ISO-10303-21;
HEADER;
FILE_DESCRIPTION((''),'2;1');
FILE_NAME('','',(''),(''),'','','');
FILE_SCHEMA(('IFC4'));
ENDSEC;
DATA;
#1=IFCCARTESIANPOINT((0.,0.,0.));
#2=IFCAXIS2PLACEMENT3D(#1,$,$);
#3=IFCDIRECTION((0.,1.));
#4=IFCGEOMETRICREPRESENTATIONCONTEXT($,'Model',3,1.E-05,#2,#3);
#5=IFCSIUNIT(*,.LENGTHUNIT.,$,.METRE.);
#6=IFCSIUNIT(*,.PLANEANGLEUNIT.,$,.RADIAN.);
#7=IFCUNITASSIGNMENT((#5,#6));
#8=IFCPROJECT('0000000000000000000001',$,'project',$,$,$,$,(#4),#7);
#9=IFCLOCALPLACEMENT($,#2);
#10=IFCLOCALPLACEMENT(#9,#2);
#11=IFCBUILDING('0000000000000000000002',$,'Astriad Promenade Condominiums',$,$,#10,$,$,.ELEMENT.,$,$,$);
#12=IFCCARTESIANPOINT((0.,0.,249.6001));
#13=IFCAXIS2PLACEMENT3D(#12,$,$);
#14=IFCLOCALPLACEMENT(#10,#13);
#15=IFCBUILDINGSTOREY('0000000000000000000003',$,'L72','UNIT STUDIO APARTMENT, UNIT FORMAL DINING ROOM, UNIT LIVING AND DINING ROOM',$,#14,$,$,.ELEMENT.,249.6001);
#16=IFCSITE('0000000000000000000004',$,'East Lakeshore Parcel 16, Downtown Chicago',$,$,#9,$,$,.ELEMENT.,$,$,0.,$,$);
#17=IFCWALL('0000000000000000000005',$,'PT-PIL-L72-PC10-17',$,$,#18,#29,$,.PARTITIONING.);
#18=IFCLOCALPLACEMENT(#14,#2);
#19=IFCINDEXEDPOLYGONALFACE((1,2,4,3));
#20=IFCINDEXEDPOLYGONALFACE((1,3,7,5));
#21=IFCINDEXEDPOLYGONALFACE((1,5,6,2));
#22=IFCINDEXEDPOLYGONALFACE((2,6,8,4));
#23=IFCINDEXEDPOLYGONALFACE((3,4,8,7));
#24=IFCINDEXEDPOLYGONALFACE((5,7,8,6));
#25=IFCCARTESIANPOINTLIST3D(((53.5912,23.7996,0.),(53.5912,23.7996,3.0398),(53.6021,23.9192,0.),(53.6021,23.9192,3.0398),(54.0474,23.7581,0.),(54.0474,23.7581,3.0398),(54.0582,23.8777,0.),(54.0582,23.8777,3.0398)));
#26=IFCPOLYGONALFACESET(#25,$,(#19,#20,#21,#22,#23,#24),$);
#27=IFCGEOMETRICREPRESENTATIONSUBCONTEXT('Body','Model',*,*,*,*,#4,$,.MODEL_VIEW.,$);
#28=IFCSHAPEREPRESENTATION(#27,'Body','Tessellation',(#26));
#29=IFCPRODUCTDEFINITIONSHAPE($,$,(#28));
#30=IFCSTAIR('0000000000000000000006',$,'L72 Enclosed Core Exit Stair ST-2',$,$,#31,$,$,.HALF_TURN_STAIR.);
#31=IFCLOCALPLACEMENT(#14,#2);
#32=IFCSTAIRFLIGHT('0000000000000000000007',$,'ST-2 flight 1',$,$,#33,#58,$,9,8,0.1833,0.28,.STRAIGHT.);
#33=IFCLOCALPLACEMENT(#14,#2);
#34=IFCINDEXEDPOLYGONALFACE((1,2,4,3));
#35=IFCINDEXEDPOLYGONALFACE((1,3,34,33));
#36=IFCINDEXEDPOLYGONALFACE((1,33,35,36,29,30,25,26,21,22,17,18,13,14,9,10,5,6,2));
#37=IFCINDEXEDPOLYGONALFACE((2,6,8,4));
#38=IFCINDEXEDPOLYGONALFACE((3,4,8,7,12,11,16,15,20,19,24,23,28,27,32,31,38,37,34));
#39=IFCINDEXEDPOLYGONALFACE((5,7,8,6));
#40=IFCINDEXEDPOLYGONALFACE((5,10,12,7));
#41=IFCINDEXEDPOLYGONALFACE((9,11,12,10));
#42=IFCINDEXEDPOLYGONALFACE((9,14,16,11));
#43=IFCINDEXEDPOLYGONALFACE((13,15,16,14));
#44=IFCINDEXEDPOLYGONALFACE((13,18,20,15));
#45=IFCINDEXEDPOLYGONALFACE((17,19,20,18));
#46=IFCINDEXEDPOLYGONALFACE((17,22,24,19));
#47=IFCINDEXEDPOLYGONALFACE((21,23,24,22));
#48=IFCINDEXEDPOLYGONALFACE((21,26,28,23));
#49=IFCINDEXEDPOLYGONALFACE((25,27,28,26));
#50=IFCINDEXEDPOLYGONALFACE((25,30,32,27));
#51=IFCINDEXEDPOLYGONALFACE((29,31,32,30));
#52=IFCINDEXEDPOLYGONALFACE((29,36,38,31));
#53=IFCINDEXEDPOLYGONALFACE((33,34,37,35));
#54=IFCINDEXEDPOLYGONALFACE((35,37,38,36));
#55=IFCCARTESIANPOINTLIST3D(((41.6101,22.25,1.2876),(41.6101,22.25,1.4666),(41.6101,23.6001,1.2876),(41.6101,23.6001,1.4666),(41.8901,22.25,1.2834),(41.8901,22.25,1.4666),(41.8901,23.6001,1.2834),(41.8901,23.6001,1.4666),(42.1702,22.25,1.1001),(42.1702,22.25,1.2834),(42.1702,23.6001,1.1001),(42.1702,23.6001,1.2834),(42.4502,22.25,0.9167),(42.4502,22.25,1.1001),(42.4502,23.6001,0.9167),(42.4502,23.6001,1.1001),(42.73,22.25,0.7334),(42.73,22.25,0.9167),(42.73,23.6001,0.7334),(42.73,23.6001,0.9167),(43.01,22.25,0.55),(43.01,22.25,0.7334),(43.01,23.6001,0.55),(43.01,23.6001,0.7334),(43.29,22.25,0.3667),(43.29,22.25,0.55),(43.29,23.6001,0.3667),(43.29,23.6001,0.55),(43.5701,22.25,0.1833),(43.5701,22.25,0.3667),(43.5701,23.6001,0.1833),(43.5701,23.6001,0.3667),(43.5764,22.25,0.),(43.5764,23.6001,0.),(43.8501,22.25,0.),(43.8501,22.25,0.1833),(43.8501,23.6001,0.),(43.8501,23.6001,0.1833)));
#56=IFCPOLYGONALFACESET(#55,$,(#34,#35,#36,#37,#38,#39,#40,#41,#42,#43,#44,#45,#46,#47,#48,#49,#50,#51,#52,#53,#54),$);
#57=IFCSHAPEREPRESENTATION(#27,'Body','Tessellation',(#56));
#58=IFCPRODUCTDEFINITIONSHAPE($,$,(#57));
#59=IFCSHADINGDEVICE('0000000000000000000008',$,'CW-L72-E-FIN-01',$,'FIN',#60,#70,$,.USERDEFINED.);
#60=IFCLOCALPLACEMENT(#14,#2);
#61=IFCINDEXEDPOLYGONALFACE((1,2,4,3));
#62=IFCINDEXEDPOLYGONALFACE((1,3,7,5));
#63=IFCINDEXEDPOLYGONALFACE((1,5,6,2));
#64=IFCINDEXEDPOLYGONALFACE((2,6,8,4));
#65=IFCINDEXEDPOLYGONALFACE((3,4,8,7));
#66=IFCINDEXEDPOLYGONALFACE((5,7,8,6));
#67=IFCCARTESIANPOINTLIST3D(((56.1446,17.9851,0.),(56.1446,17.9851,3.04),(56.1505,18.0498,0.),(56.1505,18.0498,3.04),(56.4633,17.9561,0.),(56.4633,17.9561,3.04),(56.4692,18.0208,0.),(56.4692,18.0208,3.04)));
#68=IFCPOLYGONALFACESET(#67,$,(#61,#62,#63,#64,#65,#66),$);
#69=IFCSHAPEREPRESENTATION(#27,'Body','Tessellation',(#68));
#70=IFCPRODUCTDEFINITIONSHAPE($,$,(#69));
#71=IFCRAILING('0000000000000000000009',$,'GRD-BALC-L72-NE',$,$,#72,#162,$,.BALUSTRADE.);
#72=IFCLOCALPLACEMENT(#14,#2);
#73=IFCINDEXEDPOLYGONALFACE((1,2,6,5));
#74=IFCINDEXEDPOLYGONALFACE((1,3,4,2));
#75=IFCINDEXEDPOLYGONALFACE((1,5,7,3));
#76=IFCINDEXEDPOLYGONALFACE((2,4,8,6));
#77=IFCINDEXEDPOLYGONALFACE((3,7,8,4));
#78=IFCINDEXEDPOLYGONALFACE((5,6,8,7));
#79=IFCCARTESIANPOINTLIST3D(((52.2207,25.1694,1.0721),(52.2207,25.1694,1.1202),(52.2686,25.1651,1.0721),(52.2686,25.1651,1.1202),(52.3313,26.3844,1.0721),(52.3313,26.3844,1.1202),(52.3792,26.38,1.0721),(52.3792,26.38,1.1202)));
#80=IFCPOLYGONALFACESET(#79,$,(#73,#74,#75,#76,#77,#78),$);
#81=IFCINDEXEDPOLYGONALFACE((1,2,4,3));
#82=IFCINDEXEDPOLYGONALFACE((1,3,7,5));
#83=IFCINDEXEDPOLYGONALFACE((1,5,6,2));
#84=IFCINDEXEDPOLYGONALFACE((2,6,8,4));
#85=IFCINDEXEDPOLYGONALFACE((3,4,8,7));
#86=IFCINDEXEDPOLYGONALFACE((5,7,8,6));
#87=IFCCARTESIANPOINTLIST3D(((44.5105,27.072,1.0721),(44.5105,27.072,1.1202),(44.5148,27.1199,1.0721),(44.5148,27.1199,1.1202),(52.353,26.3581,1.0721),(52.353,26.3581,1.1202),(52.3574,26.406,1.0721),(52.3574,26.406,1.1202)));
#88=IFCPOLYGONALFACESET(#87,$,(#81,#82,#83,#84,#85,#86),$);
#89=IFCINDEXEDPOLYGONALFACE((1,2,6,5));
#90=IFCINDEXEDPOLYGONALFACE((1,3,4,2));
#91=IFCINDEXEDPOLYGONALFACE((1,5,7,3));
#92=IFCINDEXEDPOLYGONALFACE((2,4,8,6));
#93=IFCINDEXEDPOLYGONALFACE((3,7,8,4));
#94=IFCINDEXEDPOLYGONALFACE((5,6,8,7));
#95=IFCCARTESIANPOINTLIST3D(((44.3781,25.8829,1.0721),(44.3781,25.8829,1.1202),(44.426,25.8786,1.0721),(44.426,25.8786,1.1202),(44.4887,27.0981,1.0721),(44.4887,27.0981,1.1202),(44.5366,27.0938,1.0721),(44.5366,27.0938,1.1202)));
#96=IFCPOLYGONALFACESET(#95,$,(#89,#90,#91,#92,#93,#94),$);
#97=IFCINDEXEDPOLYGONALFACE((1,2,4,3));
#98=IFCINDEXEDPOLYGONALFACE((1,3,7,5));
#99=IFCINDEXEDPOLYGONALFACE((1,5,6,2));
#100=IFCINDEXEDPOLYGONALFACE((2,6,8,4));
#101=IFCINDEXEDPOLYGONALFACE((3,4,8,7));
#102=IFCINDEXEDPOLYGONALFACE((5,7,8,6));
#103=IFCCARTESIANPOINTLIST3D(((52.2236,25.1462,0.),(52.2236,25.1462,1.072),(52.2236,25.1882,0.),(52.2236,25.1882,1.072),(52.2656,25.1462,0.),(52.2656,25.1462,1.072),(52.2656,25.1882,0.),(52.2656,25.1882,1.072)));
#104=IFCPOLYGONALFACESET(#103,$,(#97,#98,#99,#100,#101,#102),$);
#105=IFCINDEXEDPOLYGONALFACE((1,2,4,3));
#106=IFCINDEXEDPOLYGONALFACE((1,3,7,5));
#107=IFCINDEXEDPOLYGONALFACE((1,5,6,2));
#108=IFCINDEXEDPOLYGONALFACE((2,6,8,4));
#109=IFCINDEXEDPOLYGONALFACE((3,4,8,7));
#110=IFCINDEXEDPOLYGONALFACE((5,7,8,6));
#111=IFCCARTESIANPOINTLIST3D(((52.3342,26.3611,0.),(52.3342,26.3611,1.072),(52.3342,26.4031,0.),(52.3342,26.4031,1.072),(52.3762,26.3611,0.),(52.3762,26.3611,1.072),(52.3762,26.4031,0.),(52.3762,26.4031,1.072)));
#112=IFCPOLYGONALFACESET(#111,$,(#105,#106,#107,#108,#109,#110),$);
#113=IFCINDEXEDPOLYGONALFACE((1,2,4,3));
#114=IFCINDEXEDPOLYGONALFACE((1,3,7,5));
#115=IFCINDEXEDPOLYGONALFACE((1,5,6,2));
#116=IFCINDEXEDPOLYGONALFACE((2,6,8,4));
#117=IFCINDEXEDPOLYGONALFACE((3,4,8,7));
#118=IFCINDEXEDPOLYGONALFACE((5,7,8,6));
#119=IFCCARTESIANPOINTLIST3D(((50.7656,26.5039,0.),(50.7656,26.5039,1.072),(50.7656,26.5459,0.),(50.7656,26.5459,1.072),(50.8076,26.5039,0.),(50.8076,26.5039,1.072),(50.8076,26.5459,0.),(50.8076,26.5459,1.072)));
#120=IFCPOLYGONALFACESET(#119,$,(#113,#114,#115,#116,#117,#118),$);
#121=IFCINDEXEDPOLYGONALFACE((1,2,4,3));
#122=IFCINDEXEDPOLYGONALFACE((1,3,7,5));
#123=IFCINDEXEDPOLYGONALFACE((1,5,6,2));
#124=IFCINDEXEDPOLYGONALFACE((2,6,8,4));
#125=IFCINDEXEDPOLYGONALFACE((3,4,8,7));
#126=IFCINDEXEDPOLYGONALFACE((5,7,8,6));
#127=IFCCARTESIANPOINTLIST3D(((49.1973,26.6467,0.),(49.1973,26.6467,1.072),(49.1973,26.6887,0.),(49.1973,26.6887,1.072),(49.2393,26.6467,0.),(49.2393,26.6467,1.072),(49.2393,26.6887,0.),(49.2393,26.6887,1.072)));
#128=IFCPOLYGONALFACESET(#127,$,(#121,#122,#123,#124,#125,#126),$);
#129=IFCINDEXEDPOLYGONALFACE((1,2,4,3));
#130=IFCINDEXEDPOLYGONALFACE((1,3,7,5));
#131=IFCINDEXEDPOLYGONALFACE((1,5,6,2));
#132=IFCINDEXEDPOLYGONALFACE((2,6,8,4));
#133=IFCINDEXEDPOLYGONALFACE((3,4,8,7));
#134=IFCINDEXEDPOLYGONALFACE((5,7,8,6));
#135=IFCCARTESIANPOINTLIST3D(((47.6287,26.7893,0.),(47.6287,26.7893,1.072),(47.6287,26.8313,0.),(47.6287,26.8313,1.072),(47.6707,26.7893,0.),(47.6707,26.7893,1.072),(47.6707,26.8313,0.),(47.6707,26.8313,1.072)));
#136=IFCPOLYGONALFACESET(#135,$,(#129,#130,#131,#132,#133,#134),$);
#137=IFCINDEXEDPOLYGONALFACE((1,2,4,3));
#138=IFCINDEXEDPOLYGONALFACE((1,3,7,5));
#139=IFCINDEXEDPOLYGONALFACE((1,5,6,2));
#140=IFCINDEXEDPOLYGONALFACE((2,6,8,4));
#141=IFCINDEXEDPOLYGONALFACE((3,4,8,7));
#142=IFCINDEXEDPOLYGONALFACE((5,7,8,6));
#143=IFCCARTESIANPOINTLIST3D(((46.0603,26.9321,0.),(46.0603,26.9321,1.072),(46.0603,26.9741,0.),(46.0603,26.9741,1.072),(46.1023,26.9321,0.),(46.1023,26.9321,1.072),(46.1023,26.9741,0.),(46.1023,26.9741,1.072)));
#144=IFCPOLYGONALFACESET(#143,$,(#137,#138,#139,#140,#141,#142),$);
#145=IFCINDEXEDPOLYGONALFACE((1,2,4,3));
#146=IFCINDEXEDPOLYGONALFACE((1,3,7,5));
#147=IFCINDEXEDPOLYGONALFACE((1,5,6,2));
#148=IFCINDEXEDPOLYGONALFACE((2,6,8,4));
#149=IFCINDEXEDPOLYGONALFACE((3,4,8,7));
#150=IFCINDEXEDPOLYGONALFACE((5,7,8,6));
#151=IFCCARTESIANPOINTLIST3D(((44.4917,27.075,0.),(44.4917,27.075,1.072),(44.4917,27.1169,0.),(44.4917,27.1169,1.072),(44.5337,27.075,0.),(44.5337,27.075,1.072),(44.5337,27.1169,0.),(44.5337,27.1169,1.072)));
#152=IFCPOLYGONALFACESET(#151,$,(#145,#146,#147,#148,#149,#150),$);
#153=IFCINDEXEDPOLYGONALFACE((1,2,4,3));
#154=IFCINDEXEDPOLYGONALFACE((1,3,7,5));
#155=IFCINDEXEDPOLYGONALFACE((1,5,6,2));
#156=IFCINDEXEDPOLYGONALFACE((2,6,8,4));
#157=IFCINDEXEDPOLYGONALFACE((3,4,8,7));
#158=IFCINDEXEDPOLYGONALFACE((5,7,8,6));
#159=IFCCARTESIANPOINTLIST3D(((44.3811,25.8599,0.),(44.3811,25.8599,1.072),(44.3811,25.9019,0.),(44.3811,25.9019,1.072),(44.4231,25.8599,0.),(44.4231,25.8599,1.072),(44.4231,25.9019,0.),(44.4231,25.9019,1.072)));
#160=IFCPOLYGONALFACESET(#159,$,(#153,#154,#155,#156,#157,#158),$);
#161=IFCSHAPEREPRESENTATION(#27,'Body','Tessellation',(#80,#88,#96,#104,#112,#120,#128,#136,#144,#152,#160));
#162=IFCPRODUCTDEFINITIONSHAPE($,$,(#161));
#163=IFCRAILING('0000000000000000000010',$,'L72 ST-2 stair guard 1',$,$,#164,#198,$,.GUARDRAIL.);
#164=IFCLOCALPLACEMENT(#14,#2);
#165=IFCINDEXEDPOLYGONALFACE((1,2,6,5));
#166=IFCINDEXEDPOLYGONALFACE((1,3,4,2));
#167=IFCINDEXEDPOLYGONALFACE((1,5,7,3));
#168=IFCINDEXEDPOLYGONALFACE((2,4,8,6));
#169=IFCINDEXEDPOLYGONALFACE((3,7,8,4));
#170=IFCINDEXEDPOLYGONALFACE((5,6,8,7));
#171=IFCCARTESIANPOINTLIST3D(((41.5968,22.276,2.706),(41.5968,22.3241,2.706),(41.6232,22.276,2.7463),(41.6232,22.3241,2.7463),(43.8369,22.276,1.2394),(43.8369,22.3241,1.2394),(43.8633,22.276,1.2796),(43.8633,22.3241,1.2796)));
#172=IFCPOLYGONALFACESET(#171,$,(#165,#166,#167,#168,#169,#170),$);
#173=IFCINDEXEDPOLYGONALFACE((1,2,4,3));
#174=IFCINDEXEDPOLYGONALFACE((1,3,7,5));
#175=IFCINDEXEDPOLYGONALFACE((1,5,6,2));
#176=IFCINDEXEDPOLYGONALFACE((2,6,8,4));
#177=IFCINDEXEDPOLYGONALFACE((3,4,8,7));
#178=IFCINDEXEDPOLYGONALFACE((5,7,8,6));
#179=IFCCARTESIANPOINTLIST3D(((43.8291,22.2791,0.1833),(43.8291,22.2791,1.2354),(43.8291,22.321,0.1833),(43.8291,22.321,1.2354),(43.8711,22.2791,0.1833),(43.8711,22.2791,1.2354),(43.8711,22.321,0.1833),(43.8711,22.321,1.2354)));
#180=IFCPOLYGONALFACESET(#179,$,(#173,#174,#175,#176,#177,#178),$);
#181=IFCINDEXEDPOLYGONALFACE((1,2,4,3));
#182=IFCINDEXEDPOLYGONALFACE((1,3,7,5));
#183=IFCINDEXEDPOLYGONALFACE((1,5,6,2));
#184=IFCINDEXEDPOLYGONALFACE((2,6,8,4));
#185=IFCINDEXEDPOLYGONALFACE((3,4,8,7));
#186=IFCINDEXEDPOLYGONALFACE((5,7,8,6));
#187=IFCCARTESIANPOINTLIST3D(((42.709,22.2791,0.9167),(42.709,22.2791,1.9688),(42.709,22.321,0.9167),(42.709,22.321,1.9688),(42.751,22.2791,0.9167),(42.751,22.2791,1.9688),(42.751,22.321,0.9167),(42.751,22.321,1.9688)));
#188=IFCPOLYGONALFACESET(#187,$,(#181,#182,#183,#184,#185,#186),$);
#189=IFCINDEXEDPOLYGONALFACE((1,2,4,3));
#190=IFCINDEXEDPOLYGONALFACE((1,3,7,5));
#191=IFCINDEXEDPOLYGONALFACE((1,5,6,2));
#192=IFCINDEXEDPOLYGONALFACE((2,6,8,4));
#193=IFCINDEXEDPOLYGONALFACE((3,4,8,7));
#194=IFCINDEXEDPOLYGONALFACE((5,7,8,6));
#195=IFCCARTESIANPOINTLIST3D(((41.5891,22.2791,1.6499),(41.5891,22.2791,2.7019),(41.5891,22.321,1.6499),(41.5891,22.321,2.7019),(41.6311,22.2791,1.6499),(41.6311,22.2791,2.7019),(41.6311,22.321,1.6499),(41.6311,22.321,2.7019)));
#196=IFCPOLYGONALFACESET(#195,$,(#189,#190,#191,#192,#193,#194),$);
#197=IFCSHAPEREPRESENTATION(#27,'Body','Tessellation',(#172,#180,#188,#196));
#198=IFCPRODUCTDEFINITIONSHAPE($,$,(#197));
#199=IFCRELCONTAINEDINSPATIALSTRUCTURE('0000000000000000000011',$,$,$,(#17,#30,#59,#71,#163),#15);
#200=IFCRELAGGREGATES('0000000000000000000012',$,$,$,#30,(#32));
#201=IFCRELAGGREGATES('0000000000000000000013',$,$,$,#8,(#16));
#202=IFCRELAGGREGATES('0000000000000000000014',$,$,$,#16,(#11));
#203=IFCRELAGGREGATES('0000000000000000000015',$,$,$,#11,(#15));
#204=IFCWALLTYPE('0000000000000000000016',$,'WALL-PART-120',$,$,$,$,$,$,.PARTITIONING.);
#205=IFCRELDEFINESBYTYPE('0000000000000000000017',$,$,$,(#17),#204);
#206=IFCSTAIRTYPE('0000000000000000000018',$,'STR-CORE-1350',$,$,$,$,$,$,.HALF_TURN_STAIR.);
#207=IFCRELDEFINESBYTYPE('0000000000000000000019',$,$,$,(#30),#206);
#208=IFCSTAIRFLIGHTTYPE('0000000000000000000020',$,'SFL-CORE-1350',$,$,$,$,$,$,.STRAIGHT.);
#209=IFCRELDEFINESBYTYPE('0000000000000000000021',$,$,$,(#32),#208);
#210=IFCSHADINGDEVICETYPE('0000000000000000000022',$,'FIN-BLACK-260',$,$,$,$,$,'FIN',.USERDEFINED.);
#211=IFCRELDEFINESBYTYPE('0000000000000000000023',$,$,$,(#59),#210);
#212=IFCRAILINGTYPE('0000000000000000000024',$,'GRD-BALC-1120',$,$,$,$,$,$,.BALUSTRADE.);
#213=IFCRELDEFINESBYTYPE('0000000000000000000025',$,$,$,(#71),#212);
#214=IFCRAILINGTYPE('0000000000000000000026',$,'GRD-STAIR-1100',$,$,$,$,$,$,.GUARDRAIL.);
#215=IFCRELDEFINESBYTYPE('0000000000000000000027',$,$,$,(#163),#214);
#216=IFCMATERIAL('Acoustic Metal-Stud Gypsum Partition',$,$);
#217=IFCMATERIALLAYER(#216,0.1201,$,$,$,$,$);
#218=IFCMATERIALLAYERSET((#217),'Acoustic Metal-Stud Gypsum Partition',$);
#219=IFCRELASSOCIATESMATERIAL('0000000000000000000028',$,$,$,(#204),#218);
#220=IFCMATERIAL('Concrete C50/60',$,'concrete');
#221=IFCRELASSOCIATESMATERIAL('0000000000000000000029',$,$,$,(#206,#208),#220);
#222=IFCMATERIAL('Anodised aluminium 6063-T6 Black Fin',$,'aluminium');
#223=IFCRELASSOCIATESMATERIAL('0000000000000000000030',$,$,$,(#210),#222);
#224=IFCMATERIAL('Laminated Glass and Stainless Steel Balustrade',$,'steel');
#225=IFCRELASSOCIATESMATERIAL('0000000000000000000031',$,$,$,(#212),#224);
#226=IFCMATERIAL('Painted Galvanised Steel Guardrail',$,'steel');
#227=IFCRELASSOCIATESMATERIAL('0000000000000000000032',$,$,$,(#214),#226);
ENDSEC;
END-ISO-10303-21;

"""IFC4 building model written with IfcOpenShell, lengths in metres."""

from ifc_helpers import new_model, si_unit, direction, frame, frame_2d, origin, origin_2d, place, context, subcontext, project, spatial, polyline, rectangle, outline, extrude, source, transform, mapped, material, layer, layer_set, type_object, type_shapes, element, aggregate, save


model = new_model("IFC4")

# Units and contexts
model_context = context("Model", 3, precision=1e-05, world=origin(), true_north=direction((0.0, 1.0)))
body_context = subcontext(model_context, "Body", "Model", "MODEL_VIEW")
ifc_project = project(units=[si_unit("LENGTHUNIT", "METRE"), si_unit("PLANEANGLEUNIT", "RADIAN")], contexts=[model_context])

# Site, building, storey
site_placement = place(None, origin())
site = spatial("IfcSite", under=ifc_project, at=site_placement, Name="East Lakeshore Parcel 16, Downtown Chicago", CompositionType="ELEMENT", RefElevation=0.0)
building_placement = place(site_placement, origin())
building = spatial("IfcBuilding", under=site, at=building_placement, Name="Astriad Promenade Condominiums", CompositionType="ELEMENT")
storey_placement = place(building_placement, frame((0.0, 0.0, 249.6001)))
storey = spatial("IfcBuildingStorey", under=building, at=storey_placement, Name="L72", Description="UNIT STUDIO APARTMENT, UNIT FORMAL DINING ROOM, UNIT LIVING AND DINING ROOM", CompositionType="ELEMENT", Elevation=249.6001)

# Shared definitions
ifc_material_1 = material(Name="Concrete C50/60", Category="concrete")

# Shared definitions
ifc_material_2 = material(Name="Acoustic Metal-Stud Gypsum Partition")
ifc_layer_1 = layer(ifc_material_2, 0.1201)
ifc_layer_set_1 = layer_set([ifc_layer_1], Name="Acoustic Metal-Stud Gypsum Partition")
wall_type_1 = type_object("IfcWallType", Name="WALL-PART-120", PredefinedType="PARTITIONING", material=ifc_layer_set_1)

# Wall
wall_1_placement = place(storey_placement, frame((53.5967, 23.8594, 0.0), z_axis=(0.0, 0.0, 1.0), x_axis=(0.995884, -0.090632, 0.0)))
element("IfcWall", 1, at=wall_1_placement, inside=storey, type_object=wall_type_1, Name="PT-PIL-L72-PC10-17", PredefinedType="PARTITIONING", context=body_context, shape_type="SweptSolid", body=[
    extrude(rectangle(XDim=0.458, YDim=0.1201, at=frame_2d((0.229, 0.0))), origin(), (0.0, 0.0, 1.0), 3.0398),
])

# Stair, stair flight
stair_type = type_object("IfcStairType", Name="STR-CORE-1350", PredefinedType="HALF_TURN_STAIR", material=ifc_material_1)
stair_placement = place(storey_placement, origin())
stair = element("IfcStair", 2, at=stair_placement, inside=storey, type_object=stair_type, Name="L72 Enclosed Core Exit Stair ST-2", PredefinedType="HALF_TURN_STAIR")
stair_flight_type = type_object("IfcStairFlightType", Name="SFL-CORE-1350", PredefinedType="STRAIGHT", material=ifc_material_1)
shared_shape_1 = source(origin(), body_context, "Body", "SweptSolid", [
    extrude(outline(polyline([(0.0, 0.0), (0.0, 0.1833), (0.28, 0.1833), (0.28, 0.3667), (0.5601, 0.3667), (0.5601, 0.55), (0.8401, 0.55), (0.8401, 0.7334), (1.1201, 0.7334), (1.1201, 0.9167), (1.3999, 0.9167), (1.3999, 1.1001), (1.6799, 1.1001), (1.6799, 1.2834), (1.96, 1.2834), (1.96, 1.4666), (2.24, 1.4666), (2.24, 1.6499), (2.24, 1.2876), (0.2737, 0.0), (0.0, 0.0)])), frame((0.0, 0.675, 0.0), z_axis=(0.0, -1.0, 0.0), x_axis=(1.0, 0.0, 0.0)), (0.0, 0.0, 1.0), 1.3501),
])
type_shapes(stair_flight_type, [shared_shape_1])
stair_flight_placement = place(storey_placement, frame((43.8501, 22.925, 0.0), z_axis=(0.0, 0.0, 1.0), x_axis=(-1.0, 0.0, 0.0)))
stair_flight = element("IfcStairFlight", 3, at=stair_flight_placement, type_object=stair_flight_type, Name="ST-2 flight 1", NumberOfRisers=9, NumberOfTreads=8, PredefinedType="STRAIGHT", RiserHeight=0.1833, TreadLength=0.28, context=body_context, shape_type="MappedRepresentation", body=[
    mapped(shared_shape_1, transform((0.0, 0.0, 0.0), scale=1.0)),
])
aggregate(stair, [stair_flight])

# Shading device
ifc_material_3 = material(Name="Anodised aluminium 6063-T6 Black Fin", Category="aluminium")
shading_device_type = type_object("IfcShadingDeviceType", Name="FIN-BLACK-260", ElementType="FIN", PredefinedType="USERDEFINED", material=ifc_material_3)
shared_shape_2 = source(origin(), body_context, "Body", "SweptSolid", [
    extrude(rectangle(XDim=0.0649, YDim=0.3201, at=origin_2d()), origin(), (0.0, 0.0, 1.0), 3.04),
])
type_shapes(shading_device_type, [shared_shape_2])
shading_device_placement = place(storey_placement, frame((56.3069, 18.0029, 0.0), z_axis=(0.0, 0.0, 1.0), x_axis=(-0.090633, -0.995884, 0.0)))
element("IfcShadingDevice", 4, at=shading_device_placement, inside=storey, type_object=shading_device_type, Name="CW-L72-E-FIN-01", ObjectType="FIN", PredefinedType="USERDEFINED", context=body_context, shape_type="MappedRepresentation", body=[
    mapped(shared_shape_2, transform((0.0, 0.0, 0.0), scale=1.0)),
])

# Railings
ifc_material_4 = material(Name="Laminated Glass and Stainless Steel Balustrade", Category="steel")
railing_type_1 = type_object("IfcRailingType", Name="GRD-BALC-1120", PredefinedType="BALUSTRADE", material=ifc_material_4)
shared_shape_3 = source(origin(), body_context, "Body", "SweptSolid", [
    extrude(rectangle(XDim=0.0481, YDim=0.0481, at=origin_2d()), frame((0.0, 0.0, 1.0962), z_axis=(0.090662, 0.995882, 0.0), x_axis=(-0.995882, 0.090662, 0.0)), (0.0, 0.0, 1.0), 1.22),
    extrude(rectangle(XDim=0.0481, YDim=0.0481, at=origin_2d()), frame((0.1106, 1.2148, 1.0962), z_axis=(-0.995883, 0.09065, 0.0), x_axis=(-0.09065, -0.995883, 0.0)), (0.0, 0.0, 1.0), 7.875),
    extrude(rectangle(XDim=0.0481, YDim=0.0481, at=origin_2d()), frame((-7.7319, 1.9287, 1.0962), z_axis=(-0.090644, -0.995883, 0.0), x_axis=(0.995883, -0.090644, 0.0)), (0.0, 0.0, 1.0), 1.2202),
    extrude(rectangle(XDim=0.042, YDim=0.042, at=origin_2d()), origin(), (0.0, 0.0, 1.0), 1.072),
    extrude(rectangle(XDim=0.042, YDim=0.042, at=origin_2d()), frame((0.1106, 1.2148, 0.0)), (0.0, 0.0, 1.0), 1.072),
    extrude(rectangle(XDim=0.042, YDim=0.042, at=origin_2d()), frame((-1.458, 1.3577, 0.0)), (0.0, 0.0, 1.0), 1.072),
    extrude(rectangle(XDim=0.042, YDim=0.042, at=origin_2d()), frame((-3.0264, 1.5005, 0.0)), (0.0, 0.0, 1.0), 1.072),
    extrude(rectangle(XDim=0.042, YDim=0.042, at=origin_2d()), frame((-4.595, 1.6431, 0.0)), (0.0, 0.0, 1.0), 1.072),
    extrude(rectangle(XDim=0.042, YDim=0.042, at=origin_2d()), frame((-6.1633, 1.7859, 0.0)), (0.0, 0.0, 1.0), 1.072),
    extrude(rectangle(XDim=0.042, YDim=0.042, at=origin_2d()), frame((-7.7319, 1.9287, 0.0)), (0.0, 0.0, 1.0), 1.072),
    extrude(rectangle(XDim=0.042, YDim=0.042, at=origin_2d()), frame((-7.8425, 0.7136, 0.0)), (0.0, 0.0, 1.0), 1.072),
])
type_shapes(railing_type_1, [shared_shape_3])
railing_1_placement = place(storey_placement, frame((52.2446, 25.1672, 0.0)))
element("IfcRailing", 5, at=railing_1_placement, inside=storey, type_object=railing_type_1, Name="GRD-BALC-L72-NE", PredefinedType="BALUSTRADE", context=body_context, shape_type="MappedRepresentation", body=[
    mapped(shared_shape_3, transform((0.0, 0.0, 0.0), scale=1.0)),
])
ifc_material_5 = material(Name="Painted Galvanised Steel Guardrail", Category="steel")
railing_type_2 = type_object("IfcRailingType", Name="GRD-STAIR-1100", PredefinedType="GUARDRAIL", material=ifc_material_5)
shared_shape_4 = source(origin(), body_context, "Body", "SweptSolid", [
    extrude(rectangle(XDim=0.0481, YDim=0.0481, at=origin_2d()), frame((0.0, 0.0, 1.0762), z_axis=(-0.836637, 0.0, 0.547758), x_axis=(0.0, -1.0, 0.0)), (0.0, 0.0, 1.0), 2.6775),
    extrude(rectangle(XDim=0.042, YDim=0.042, at=origin_2d()), origin(), (0.0, 0.0, 1.0), 1.052),
    extrude(rectangle(XDim=0.042, YDim=0.042, at=origin_2d()), frame((-1.1201, 0.0, 0.7334)), (0.0, 0.0, 1.0), 1.052),
    extrude(rectangle(XDim=0.042, YDim=0.042, at=origin_2d()), frame((-2.24, 0.0, 1.4666)), (0.0, 0.0, 1.0), 1.052),
])
railing_2_placement = place(storey_placement, frame((43.8501, 22.3, 0.1833)))
element("IfcRailing", 6, at=railing_2_placement, inside=storey, type_object=railing_type_2, Name="L72 ST-2 stair guard 1", PredefinedType="GUARDRAIL", context=body_context, shape_type="MappedRepresentation", body=[
    mapped(shared_shape_4, transform((0.0, 0.0, 0.0), scale=1.0)),
])

save(model, "model.ifc")
